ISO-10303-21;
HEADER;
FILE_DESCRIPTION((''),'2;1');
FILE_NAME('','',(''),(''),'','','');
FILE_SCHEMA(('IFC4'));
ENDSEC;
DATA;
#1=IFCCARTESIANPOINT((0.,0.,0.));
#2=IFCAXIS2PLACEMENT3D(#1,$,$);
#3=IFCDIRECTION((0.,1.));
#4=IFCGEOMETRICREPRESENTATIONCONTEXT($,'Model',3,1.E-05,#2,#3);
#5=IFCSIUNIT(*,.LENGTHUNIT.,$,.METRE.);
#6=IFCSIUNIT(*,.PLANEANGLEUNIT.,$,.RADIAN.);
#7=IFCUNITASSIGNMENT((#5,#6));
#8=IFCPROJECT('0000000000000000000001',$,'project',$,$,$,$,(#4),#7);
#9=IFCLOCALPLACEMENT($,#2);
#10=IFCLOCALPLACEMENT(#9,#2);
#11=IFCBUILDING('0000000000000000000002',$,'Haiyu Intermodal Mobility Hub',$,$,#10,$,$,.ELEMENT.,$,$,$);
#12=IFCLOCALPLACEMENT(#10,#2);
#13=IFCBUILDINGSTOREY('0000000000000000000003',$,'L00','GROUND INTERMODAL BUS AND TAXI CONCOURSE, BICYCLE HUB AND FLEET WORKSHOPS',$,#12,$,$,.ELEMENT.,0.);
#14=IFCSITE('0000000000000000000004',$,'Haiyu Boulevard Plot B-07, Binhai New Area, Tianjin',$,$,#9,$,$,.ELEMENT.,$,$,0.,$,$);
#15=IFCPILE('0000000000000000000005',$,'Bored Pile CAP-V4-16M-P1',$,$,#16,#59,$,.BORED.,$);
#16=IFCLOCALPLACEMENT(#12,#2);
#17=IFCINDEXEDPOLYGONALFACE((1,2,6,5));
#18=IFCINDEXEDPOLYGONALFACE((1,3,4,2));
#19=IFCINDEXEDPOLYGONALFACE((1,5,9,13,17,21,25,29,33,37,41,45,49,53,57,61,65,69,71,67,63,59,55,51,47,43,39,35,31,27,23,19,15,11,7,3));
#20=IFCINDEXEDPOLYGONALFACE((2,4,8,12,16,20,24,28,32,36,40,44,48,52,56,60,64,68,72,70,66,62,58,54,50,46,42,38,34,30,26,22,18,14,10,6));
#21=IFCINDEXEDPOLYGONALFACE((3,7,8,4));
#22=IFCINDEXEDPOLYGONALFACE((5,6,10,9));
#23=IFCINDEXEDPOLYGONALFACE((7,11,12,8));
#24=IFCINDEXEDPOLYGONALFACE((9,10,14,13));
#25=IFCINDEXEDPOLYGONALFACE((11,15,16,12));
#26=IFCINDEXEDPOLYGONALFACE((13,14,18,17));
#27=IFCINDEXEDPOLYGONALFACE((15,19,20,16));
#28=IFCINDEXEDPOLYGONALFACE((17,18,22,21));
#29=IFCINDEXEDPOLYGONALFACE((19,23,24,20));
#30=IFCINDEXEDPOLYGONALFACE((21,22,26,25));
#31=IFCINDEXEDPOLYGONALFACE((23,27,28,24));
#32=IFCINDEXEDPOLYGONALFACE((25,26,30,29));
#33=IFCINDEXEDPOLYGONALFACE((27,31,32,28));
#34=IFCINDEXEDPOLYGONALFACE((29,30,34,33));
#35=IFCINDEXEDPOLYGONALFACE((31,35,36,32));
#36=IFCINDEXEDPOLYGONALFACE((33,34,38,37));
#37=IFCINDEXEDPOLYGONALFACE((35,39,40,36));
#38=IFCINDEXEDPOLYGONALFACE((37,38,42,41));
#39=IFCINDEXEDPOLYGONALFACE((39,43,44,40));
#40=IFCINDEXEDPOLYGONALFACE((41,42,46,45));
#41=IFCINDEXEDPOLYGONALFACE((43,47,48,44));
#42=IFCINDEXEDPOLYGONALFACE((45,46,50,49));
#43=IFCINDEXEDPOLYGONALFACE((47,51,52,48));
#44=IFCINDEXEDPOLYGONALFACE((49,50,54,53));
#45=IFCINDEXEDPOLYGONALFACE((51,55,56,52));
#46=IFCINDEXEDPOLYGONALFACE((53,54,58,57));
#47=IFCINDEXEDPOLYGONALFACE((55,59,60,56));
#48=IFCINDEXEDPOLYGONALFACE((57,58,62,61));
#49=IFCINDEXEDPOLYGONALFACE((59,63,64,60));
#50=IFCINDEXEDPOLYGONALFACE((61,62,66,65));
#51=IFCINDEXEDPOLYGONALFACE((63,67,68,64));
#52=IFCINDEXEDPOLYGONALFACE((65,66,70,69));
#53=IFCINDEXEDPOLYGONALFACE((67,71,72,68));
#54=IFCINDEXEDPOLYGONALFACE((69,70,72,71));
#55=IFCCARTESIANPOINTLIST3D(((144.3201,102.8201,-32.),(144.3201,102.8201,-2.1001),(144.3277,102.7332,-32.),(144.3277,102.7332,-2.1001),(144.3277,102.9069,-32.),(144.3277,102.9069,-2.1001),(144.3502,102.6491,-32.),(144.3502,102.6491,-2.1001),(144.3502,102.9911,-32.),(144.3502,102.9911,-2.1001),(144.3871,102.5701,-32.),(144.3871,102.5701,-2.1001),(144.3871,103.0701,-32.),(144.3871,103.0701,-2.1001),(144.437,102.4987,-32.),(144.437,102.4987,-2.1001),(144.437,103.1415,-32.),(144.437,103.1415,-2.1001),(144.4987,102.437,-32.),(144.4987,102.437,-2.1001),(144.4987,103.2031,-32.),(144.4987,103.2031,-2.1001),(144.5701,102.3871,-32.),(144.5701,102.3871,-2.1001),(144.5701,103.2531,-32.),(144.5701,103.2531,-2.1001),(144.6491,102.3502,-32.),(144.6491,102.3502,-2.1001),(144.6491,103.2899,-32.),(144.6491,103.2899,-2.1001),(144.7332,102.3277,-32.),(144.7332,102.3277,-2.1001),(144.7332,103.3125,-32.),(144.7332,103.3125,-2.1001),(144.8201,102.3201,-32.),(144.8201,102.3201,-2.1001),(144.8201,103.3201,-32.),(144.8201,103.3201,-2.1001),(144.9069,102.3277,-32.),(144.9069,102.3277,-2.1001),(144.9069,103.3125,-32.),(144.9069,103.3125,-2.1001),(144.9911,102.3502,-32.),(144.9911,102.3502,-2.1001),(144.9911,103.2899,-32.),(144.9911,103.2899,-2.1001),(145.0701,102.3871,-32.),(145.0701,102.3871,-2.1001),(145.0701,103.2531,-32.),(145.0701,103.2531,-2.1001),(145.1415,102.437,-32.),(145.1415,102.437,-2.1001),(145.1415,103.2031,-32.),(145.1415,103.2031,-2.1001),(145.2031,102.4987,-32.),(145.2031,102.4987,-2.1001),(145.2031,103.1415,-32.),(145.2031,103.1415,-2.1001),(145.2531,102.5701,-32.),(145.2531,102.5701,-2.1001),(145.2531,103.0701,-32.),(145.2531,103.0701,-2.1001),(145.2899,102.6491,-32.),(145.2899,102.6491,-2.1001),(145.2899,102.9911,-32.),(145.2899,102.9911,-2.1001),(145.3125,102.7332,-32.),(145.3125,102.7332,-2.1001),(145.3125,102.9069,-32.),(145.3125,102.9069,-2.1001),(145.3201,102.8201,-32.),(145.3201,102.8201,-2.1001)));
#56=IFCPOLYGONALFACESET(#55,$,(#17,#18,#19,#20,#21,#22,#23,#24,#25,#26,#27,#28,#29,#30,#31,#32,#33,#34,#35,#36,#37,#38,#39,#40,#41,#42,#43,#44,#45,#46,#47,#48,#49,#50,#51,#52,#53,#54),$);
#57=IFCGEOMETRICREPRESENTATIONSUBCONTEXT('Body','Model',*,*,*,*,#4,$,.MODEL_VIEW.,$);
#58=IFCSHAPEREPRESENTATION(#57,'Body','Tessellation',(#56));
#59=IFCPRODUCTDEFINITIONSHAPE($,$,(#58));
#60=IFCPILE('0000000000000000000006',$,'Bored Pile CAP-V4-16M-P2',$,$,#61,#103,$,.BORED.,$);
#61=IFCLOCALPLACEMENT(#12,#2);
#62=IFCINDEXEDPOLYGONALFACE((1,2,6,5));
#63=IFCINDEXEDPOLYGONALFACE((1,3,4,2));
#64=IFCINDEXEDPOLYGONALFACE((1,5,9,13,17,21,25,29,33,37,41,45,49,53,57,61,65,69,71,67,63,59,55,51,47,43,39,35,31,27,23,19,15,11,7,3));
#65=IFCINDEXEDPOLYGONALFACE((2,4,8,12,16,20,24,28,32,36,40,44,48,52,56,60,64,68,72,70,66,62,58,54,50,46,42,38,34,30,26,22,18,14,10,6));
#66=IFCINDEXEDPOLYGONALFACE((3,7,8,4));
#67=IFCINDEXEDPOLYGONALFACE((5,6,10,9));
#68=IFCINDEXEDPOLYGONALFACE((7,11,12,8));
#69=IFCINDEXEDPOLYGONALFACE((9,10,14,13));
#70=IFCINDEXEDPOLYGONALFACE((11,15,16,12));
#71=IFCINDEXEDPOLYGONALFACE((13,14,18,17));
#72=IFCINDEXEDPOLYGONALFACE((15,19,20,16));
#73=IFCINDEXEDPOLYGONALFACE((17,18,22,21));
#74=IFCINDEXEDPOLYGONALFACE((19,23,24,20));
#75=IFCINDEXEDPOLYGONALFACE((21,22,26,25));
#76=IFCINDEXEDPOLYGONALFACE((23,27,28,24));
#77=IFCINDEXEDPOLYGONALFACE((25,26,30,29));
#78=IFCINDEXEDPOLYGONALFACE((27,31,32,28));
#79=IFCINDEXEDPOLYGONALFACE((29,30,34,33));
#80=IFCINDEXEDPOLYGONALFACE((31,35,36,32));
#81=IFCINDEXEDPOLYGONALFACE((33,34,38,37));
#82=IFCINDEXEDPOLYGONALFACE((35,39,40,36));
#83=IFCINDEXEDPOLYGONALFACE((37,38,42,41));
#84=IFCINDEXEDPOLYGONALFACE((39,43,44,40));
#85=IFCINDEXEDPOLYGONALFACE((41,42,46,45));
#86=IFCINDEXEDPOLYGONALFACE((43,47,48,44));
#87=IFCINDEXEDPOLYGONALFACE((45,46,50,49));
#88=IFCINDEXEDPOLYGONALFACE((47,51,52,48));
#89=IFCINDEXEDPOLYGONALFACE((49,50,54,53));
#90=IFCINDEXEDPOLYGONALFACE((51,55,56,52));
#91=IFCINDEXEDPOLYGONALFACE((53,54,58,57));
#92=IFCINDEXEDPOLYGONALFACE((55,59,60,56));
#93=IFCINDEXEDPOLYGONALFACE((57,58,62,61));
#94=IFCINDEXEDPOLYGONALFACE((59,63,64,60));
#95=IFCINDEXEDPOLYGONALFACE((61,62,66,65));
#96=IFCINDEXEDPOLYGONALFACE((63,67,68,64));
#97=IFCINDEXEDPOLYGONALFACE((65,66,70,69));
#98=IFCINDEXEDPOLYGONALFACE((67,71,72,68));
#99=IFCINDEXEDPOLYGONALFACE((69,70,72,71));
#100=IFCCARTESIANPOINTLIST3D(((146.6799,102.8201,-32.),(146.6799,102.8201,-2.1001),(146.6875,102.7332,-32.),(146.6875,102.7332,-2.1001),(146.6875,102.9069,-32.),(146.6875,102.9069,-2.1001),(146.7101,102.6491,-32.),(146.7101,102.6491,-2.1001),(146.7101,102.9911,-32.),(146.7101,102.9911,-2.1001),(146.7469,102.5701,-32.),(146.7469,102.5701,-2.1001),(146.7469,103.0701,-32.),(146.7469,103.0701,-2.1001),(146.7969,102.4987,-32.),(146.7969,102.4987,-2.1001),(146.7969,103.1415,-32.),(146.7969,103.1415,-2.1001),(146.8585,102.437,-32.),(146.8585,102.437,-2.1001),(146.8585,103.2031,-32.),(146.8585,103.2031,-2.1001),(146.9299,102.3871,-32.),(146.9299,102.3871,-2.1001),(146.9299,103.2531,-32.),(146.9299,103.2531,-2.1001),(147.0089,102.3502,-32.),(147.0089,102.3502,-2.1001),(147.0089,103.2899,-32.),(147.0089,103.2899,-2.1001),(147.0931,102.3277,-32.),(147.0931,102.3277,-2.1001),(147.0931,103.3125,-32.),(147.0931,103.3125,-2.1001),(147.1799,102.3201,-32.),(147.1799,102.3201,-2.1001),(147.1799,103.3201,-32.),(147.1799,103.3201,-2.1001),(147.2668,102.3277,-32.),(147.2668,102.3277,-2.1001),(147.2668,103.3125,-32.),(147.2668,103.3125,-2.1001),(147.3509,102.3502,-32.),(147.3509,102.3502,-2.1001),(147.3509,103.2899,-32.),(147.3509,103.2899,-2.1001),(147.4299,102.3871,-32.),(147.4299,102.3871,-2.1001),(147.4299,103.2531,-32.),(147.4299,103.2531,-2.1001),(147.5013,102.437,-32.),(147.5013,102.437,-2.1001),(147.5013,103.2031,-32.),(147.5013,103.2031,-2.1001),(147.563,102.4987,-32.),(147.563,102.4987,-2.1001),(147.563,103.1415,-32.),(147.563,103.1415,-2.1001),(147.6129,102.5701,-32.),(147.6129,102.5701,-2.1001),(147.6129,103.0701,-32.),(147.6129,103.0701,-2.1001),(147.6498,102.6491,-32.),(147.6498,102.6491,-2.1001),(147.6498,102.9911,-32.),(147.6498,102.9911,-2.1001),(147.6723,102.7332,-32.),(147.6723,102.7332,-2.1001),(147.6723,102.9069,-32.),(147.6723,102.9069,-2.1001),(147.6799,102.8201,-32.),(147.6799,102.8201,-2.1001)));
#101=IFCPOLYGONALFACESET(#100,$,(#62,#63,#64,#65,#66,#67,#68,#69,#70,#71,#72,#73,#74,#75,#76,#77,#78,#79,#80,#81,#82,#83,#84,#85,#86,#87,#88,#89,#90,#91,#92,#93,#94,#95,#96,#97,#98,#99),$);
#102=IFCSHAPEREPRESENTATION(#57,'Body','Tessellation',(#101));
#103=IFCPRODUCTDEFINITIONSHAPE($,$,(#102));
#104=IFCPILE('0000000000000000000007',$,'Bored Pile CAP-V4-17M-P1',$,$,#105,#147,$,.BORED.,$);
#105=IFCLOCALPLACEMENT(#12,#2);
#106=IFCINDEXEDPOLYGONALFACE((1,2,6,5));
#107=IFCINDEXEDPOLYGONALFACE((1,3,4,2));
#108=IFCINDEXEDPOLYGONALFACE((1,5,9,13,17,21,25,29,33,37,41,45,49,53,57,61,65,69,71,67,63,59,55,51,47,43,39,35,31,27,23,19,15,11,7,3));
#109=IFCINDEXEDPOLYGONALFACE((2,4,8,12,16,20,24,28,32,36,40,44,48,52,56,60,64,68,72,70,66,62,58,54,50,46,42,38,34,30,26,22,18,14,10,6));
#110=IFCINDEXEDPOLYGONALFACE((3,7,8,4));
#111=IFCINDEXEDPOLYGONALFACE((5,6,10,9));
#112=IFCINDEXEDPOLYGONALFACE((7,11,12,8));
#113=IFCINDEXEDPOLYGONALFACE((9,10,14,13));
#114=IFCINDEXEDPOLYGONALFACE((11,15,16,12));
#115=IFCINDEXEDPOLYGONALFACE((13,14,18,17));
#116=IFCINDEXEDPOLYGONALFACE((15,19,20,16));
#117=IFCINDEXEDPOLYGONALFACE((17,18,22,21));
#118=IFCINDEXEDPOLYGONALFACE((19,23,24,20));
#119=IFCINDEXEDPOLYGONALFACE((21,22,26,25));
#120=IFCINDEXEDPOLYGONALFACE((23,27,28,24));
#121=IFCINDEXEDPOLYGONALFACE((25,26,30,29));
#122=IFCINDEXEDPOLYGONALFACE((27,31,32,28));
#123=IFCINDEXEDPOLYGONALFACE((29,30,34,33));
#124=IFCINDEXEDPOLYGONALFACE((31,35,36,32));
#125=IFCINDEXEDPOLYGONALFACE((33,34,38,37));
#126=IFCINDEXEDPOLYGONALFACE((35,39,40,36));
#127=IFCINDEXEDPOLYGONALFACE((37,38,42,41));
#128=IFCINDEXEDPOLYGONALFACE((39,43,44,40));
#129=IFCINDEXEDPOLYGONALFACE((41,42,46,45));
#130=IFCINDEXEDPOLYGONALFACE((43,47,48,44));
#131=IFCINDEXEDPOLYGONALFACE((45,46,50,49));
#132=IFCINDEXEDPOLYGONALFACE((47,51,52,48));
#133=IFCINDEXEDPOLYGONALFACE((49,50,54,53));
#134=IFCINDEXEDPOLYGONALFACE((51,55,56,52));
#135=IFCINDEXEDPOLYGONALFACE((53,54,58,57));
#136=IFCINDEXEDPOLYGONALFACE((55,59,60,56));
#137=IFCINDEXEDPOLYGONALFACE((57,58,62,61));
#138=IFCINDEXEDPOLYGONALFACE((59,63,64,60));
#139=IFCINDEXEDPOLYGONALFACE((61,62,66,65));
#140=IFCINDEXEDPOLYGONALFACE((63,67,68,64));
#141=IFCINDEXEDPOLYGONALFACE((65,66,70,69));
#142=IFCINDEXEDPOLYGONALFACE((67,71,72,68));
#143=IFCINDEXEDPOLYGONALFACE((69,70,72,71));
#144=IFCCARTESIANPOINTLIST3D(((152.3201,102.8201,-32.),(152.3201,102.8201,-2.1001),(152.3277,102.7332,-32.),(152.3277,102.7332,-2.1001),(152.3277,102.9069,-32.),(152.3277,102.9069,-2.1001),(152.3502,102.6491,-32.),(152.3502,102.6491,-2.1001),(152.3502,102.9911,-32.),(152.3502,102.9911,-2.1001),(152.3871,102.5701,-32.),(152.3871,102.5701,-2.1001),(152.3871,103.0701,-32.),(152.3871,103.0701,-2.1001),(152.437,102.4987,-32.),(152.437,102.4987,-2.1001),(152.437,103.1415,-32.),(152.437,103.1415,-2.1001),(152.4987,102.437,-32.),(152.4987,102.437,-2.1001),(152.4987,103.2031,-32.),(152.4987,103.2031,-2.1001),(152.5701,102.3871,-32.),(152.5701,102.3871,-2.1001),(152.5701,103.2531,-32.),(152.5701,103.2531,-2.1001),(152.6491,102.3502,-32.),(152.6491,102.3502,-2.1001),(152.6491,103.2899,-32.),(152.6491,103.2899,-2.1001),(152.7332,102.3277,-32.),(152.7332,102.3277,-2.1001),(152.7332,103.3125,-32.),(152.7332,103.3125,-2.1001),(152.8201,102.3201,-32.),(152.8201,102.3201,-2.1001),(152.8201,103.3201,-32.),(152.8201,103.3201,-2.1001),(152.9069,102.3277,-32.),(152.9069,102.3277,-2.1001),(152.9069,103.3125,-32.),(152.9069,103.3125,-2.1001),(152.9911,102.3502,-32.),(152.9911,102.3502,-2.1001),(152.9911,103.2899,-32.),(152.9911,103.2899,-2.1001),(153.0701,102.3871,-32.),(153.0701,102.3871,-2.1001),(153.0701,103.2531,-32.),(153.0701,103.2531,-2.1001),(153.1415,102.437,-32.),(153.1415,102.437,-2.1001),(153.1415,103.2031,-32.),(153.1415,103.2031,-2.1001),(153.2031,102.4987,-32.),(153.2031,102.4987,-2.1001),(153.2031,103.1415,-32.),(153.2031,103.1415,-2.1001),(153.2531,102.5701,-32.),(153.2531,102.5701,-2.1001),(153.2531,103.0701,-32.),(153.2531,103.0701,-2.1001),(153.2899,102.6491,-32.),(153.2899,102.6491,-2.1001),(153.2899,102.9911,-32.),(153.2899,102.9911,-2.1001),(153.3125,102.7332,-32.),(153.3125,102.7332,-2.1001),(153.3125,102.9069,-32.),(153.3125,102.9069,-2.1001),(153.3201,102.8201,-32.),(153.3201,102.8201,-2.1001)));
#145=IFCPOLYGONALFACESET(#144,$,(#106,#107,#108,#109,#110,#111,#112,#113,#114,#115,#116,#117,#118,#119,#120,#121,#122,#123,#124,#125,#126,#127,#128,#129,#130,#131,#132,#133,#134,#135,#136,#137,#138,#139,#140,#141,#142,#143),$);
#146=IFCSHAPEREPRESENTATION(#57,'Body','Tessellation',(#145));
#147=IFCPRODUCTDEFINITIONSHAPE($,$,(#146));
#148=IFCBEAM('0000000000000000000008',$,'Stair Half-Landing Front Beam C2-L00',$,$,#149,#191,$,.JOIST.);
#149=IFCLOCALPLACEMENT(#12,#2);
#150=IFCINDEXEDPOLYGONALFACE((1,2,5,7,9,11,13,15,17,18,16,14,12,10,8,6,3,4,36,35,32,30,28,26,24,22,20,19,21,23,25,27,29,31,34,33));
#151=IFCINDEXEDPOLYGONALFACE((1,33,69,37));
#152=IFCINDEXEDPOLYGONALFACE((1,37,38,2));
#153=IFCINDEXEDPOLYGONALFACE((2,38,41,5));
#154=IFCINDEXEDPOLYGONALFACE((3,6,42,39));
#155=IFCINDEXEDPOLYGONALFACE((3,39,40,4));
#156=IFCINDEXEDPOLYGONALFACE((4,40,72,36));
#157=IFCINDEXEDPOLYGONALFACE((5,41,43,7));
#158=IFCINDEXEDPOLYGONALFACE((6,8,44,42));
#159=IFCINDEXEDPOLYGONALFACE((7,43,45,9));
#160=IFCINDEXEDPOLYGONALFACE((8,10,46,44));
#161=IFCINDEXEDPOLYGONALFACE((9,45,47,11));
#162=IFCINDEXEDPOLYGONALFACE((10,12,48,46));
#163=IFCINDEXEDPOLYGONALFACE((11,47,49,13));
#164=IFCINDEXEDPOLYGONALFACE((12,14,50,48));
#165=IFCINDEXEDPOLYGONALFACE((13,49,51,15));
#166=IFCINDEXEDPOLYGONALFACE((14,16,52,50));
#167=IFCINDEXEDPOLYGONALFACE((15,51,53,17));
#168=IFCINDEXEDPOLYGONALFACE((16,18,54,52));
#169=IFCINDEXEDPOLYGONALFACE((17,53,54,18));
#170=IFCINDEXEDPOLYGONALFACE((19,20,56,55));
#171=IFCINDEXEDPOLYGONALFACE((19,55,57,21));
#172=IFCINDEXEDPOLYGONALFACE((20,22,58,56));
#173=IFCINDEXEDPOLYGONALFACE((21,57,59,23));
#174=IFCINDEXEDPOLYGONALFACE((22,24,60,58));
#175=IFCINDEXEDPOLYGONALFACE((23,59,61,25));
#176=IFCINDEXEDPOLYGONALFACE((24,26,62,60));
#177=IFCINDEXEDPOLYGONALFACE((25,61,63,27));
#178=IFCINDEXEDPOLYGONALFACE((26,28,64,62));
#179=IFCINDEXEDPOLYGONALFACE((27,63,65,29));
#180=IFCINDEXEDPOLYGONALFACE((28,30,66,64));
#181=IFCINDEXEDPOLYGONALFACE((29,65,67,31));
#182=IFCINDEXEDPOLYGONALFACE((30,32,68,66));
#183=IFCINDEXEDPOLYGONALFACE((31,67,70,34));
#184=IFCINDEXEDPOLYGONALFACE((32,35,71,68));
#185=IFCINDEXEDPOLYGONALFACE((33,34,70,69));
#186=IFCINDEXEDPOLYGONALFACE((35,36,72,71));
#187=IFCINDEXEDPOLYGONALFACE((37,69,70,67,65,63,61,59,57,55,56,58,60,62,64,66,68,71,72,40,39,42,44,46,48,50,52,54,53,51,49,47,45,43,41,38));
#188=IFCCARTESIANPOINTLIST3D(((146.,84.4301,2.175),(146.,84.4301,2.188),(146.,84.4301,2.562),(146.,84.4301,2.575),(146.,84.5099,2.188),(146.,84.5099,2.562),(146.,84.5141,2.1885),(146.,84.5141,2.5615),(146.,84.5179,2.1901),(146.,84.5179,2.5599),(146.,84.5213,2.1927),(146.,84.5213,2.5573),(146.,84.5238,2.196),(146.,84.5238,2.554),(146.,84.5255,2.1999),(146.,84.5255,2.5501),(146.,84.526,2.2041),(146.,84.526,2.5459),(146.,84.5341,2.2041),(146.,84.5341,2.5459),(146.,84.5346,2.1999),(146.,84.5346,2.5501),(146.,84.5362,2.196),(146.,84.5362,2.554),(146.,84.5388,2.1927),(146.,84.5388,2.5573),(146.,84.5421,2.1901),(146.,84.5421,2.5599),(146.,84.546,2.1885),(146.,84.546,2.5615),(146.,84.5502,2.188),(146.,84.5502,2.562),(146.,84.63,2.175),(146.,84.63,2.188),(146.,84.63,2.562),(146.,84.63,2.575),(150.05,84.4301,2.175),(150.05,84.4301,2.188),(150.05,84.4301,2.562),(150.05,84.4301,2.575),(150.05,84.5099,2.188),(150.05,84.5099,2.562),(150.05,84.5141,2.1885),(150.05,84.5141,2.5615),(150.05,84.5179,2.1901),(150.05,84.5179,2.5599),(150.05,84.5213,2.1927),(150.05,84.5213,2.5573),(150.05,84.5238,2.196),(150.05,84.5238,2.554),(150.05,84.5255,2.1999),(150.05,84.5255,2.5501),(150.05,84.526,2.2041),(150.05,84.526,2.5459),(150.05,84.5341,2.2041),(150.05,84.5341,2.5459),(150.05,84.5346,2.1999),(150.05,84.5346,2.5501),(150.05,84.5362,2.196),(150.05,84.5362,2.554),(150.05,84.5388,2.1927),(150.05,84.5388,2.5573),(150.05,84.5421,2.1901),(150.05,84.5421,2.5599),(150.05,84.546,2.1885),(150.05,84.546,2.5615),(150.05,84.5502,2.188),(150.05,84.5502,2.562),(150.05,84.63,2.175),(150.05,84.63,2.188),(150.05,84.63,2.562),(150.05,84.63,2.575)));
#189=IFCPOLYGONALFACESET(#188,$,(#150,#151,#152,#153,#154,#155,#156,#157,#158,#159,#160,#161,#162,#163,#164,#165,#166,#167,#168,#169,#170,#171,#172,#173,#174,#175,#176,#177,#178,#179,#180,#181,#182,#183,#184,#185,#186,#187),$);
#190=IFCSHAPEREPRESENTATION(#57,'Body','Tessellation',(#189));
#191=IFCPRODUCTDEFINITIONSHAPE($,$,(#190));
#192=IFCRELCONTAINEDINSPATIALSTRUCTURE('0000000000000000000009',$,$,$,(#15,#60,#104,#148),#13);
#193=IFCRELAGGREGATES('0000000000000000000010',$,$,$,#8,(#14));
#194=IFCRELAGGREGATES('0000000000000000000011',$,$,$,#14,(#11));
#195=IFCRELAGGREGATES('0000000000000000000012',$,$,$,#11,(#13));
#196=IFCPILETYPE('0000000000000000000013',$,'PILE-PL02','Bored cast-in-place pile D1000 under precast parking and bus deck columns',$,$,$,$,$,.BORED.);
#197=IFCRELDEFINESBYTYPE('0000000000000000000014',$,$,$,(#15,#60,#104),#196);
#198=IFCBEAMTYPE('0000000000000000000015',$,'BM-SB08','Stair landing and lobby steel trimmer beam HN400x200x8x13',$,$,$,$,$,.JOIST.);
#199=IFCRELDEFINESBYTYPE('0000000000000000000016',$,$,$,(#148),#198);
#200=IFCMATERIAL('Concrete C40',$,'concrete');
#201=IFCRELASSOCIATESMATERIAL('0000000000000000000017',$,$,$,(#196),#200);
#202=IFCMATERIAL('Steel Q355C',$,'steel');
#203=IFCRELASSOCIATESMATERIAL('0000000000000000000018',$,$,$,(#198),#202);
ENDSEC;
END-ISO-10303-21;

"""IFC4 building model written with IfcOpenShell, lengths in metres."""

from ifc_helpers import new_model, si_unit, direction, frame, origin, origin_2d, place, context, subcontext, project, spatial, circle, i_section, extrude, material, material_profile, profile_set, type_object, element, save


model = new_model("IFC4")

# Units and contexts
model_context = context("Model", 3, precision=1e-05, world=origin(), true_north=direction((0.0, 1.0)))
body_context = subcontext(model_context, "Body", "Model", "MODEL_VIEW")
ifc_project = project(units=[si_unit("LENGTHUNIT", "METRE"), si_unit("PLANEANGLEUNIT", "RADIAN")], contexts=[model_context])

# Site, building, storey
site_placement = place(None, origin())
site = spatial("IfcSite", under=ifc_project, at=site_placement, Name="Haiyu Boulevard Plot B-07, Binhai New Area, Tianjin", CompositionType="ELEMENT", RefElevation=0.0)
building_placement = place(site_placement, origin())
building = spatial("IfcBuilding", under=site, at=building_placement, Name="Haiyu Intermodal Mobility Hub", CompositionType="ELEMENT")
storey_placement = place(building_placement, origin())
storey = spatial("IfcBuildingStorey", under=building, at=storey_placement, Name="L00", Description="GROUND INTERMODAL BUS AND TAXI CONCOURSE, BICYCLE HUB AND FLEET WORKSHOPS", CompositionType="ELEMENT", Elevation=0.0)

# Shared definitions
ifc_material_1 = material(Name="Concrete C40", Category="concrete")

# Piles
ifc_material_profile_1 = material_profile(ifc_material_1, circle(Radius=0.5, at=origin_2d()), Name="PILE-D1000")
ifc_profile_set_1 = profile_set([ifc_material_profile_1], Name="Concrete C40")
pile_type = type_object("IfcPileType", Name="PILE-PL02", Description="Bored cast-in-place pile D1000 under precast parking and bus deck columns", PredefinedType="BORED", material=ifc_profile_set_1)
for number, where, z_axis, x_axis, name in (
    (1, (144.8201, 102.8201, -2.1001), (0.0, 0.0, -1.0), (1.0, 0.0, 0.0), "Bored Pile CAP-V4-16M-P1"),
    (2, (147.1799, 102.8201, -2.1001), (0.0, 0.0, -1.0), (1.0, 0.0, 0.0), "Bored Pile CAP-V4-16M-P2"),
    (3, (152.8201, 102.8201, -2.1001), (0.0, 0.0, -1.0), (1.0, 0.0, 0.0), "Bored Pile CAP-V4-17M-P1"),
):
    element("IfcPile", number, at=place(storey_placement, frame(where, z_axis=z_axis, x_axis=x_axis)), inside=storey, type_object=pile_type, Name=name, PredefinedType="BORED", context=body_context, shape_type="SweptSolid", body=[
        extrude(circle(Radius=0.5, at=origin_2d()), origin(), (0.0, 0.0, 1.0), 29.8999),
    ])

# Beam
ifc_material_2 = material(Name="Steel Q355C", Category="steel")
ifc_material_profile_2 = material_profile(ifc_material_2, i_section(OverallWidth=0.2, OverallDepth=0.3999, WebThickness=0.0081, FlangeThickness=0.0129, FilletRadius=0.0161, at=origin_2d()), Name="HN400x200x8x13")
ifc_profile_set_2 = profile_set([ifc_material_profile_2], Name="Steel Q355C")
beam_type = type_object("IfcBeamType", Name="BM-SB08", Description="Stair landing and lobby steel trimmer beam HN400x200x8x13", PredefinedType="JOIST", material=ifc_profile_set_2)
for number, where, z_axis, x_axis, name in (
    (4, (146.0, 84.53, 2.375), (1.0, 0.0, 0.0), (0.0, 1.0, 0.0), "Stair Half-Landing Front Beam C2-L00"),
):
    element("IfcBeam", number, at=place(storey_placement, frame(where, z_axis=z_axis, x_axis=x_axis)), inside=storey, type_object=beam_type, Name=name, PredefinedType="JOIST", context=body_context, shape_type="SweptSolid", body=[
        extrude(i_section(OverallWidth=0.2, OverallDepth=0.3999, WebThickness=0.0081, FlangeThickness=0.0129, FilletRadius=0.0161, at=origin_2d()), origin(), (0.0, 0.0, 1.0), 4.05),
    ])

save(model, "model.ifc")
